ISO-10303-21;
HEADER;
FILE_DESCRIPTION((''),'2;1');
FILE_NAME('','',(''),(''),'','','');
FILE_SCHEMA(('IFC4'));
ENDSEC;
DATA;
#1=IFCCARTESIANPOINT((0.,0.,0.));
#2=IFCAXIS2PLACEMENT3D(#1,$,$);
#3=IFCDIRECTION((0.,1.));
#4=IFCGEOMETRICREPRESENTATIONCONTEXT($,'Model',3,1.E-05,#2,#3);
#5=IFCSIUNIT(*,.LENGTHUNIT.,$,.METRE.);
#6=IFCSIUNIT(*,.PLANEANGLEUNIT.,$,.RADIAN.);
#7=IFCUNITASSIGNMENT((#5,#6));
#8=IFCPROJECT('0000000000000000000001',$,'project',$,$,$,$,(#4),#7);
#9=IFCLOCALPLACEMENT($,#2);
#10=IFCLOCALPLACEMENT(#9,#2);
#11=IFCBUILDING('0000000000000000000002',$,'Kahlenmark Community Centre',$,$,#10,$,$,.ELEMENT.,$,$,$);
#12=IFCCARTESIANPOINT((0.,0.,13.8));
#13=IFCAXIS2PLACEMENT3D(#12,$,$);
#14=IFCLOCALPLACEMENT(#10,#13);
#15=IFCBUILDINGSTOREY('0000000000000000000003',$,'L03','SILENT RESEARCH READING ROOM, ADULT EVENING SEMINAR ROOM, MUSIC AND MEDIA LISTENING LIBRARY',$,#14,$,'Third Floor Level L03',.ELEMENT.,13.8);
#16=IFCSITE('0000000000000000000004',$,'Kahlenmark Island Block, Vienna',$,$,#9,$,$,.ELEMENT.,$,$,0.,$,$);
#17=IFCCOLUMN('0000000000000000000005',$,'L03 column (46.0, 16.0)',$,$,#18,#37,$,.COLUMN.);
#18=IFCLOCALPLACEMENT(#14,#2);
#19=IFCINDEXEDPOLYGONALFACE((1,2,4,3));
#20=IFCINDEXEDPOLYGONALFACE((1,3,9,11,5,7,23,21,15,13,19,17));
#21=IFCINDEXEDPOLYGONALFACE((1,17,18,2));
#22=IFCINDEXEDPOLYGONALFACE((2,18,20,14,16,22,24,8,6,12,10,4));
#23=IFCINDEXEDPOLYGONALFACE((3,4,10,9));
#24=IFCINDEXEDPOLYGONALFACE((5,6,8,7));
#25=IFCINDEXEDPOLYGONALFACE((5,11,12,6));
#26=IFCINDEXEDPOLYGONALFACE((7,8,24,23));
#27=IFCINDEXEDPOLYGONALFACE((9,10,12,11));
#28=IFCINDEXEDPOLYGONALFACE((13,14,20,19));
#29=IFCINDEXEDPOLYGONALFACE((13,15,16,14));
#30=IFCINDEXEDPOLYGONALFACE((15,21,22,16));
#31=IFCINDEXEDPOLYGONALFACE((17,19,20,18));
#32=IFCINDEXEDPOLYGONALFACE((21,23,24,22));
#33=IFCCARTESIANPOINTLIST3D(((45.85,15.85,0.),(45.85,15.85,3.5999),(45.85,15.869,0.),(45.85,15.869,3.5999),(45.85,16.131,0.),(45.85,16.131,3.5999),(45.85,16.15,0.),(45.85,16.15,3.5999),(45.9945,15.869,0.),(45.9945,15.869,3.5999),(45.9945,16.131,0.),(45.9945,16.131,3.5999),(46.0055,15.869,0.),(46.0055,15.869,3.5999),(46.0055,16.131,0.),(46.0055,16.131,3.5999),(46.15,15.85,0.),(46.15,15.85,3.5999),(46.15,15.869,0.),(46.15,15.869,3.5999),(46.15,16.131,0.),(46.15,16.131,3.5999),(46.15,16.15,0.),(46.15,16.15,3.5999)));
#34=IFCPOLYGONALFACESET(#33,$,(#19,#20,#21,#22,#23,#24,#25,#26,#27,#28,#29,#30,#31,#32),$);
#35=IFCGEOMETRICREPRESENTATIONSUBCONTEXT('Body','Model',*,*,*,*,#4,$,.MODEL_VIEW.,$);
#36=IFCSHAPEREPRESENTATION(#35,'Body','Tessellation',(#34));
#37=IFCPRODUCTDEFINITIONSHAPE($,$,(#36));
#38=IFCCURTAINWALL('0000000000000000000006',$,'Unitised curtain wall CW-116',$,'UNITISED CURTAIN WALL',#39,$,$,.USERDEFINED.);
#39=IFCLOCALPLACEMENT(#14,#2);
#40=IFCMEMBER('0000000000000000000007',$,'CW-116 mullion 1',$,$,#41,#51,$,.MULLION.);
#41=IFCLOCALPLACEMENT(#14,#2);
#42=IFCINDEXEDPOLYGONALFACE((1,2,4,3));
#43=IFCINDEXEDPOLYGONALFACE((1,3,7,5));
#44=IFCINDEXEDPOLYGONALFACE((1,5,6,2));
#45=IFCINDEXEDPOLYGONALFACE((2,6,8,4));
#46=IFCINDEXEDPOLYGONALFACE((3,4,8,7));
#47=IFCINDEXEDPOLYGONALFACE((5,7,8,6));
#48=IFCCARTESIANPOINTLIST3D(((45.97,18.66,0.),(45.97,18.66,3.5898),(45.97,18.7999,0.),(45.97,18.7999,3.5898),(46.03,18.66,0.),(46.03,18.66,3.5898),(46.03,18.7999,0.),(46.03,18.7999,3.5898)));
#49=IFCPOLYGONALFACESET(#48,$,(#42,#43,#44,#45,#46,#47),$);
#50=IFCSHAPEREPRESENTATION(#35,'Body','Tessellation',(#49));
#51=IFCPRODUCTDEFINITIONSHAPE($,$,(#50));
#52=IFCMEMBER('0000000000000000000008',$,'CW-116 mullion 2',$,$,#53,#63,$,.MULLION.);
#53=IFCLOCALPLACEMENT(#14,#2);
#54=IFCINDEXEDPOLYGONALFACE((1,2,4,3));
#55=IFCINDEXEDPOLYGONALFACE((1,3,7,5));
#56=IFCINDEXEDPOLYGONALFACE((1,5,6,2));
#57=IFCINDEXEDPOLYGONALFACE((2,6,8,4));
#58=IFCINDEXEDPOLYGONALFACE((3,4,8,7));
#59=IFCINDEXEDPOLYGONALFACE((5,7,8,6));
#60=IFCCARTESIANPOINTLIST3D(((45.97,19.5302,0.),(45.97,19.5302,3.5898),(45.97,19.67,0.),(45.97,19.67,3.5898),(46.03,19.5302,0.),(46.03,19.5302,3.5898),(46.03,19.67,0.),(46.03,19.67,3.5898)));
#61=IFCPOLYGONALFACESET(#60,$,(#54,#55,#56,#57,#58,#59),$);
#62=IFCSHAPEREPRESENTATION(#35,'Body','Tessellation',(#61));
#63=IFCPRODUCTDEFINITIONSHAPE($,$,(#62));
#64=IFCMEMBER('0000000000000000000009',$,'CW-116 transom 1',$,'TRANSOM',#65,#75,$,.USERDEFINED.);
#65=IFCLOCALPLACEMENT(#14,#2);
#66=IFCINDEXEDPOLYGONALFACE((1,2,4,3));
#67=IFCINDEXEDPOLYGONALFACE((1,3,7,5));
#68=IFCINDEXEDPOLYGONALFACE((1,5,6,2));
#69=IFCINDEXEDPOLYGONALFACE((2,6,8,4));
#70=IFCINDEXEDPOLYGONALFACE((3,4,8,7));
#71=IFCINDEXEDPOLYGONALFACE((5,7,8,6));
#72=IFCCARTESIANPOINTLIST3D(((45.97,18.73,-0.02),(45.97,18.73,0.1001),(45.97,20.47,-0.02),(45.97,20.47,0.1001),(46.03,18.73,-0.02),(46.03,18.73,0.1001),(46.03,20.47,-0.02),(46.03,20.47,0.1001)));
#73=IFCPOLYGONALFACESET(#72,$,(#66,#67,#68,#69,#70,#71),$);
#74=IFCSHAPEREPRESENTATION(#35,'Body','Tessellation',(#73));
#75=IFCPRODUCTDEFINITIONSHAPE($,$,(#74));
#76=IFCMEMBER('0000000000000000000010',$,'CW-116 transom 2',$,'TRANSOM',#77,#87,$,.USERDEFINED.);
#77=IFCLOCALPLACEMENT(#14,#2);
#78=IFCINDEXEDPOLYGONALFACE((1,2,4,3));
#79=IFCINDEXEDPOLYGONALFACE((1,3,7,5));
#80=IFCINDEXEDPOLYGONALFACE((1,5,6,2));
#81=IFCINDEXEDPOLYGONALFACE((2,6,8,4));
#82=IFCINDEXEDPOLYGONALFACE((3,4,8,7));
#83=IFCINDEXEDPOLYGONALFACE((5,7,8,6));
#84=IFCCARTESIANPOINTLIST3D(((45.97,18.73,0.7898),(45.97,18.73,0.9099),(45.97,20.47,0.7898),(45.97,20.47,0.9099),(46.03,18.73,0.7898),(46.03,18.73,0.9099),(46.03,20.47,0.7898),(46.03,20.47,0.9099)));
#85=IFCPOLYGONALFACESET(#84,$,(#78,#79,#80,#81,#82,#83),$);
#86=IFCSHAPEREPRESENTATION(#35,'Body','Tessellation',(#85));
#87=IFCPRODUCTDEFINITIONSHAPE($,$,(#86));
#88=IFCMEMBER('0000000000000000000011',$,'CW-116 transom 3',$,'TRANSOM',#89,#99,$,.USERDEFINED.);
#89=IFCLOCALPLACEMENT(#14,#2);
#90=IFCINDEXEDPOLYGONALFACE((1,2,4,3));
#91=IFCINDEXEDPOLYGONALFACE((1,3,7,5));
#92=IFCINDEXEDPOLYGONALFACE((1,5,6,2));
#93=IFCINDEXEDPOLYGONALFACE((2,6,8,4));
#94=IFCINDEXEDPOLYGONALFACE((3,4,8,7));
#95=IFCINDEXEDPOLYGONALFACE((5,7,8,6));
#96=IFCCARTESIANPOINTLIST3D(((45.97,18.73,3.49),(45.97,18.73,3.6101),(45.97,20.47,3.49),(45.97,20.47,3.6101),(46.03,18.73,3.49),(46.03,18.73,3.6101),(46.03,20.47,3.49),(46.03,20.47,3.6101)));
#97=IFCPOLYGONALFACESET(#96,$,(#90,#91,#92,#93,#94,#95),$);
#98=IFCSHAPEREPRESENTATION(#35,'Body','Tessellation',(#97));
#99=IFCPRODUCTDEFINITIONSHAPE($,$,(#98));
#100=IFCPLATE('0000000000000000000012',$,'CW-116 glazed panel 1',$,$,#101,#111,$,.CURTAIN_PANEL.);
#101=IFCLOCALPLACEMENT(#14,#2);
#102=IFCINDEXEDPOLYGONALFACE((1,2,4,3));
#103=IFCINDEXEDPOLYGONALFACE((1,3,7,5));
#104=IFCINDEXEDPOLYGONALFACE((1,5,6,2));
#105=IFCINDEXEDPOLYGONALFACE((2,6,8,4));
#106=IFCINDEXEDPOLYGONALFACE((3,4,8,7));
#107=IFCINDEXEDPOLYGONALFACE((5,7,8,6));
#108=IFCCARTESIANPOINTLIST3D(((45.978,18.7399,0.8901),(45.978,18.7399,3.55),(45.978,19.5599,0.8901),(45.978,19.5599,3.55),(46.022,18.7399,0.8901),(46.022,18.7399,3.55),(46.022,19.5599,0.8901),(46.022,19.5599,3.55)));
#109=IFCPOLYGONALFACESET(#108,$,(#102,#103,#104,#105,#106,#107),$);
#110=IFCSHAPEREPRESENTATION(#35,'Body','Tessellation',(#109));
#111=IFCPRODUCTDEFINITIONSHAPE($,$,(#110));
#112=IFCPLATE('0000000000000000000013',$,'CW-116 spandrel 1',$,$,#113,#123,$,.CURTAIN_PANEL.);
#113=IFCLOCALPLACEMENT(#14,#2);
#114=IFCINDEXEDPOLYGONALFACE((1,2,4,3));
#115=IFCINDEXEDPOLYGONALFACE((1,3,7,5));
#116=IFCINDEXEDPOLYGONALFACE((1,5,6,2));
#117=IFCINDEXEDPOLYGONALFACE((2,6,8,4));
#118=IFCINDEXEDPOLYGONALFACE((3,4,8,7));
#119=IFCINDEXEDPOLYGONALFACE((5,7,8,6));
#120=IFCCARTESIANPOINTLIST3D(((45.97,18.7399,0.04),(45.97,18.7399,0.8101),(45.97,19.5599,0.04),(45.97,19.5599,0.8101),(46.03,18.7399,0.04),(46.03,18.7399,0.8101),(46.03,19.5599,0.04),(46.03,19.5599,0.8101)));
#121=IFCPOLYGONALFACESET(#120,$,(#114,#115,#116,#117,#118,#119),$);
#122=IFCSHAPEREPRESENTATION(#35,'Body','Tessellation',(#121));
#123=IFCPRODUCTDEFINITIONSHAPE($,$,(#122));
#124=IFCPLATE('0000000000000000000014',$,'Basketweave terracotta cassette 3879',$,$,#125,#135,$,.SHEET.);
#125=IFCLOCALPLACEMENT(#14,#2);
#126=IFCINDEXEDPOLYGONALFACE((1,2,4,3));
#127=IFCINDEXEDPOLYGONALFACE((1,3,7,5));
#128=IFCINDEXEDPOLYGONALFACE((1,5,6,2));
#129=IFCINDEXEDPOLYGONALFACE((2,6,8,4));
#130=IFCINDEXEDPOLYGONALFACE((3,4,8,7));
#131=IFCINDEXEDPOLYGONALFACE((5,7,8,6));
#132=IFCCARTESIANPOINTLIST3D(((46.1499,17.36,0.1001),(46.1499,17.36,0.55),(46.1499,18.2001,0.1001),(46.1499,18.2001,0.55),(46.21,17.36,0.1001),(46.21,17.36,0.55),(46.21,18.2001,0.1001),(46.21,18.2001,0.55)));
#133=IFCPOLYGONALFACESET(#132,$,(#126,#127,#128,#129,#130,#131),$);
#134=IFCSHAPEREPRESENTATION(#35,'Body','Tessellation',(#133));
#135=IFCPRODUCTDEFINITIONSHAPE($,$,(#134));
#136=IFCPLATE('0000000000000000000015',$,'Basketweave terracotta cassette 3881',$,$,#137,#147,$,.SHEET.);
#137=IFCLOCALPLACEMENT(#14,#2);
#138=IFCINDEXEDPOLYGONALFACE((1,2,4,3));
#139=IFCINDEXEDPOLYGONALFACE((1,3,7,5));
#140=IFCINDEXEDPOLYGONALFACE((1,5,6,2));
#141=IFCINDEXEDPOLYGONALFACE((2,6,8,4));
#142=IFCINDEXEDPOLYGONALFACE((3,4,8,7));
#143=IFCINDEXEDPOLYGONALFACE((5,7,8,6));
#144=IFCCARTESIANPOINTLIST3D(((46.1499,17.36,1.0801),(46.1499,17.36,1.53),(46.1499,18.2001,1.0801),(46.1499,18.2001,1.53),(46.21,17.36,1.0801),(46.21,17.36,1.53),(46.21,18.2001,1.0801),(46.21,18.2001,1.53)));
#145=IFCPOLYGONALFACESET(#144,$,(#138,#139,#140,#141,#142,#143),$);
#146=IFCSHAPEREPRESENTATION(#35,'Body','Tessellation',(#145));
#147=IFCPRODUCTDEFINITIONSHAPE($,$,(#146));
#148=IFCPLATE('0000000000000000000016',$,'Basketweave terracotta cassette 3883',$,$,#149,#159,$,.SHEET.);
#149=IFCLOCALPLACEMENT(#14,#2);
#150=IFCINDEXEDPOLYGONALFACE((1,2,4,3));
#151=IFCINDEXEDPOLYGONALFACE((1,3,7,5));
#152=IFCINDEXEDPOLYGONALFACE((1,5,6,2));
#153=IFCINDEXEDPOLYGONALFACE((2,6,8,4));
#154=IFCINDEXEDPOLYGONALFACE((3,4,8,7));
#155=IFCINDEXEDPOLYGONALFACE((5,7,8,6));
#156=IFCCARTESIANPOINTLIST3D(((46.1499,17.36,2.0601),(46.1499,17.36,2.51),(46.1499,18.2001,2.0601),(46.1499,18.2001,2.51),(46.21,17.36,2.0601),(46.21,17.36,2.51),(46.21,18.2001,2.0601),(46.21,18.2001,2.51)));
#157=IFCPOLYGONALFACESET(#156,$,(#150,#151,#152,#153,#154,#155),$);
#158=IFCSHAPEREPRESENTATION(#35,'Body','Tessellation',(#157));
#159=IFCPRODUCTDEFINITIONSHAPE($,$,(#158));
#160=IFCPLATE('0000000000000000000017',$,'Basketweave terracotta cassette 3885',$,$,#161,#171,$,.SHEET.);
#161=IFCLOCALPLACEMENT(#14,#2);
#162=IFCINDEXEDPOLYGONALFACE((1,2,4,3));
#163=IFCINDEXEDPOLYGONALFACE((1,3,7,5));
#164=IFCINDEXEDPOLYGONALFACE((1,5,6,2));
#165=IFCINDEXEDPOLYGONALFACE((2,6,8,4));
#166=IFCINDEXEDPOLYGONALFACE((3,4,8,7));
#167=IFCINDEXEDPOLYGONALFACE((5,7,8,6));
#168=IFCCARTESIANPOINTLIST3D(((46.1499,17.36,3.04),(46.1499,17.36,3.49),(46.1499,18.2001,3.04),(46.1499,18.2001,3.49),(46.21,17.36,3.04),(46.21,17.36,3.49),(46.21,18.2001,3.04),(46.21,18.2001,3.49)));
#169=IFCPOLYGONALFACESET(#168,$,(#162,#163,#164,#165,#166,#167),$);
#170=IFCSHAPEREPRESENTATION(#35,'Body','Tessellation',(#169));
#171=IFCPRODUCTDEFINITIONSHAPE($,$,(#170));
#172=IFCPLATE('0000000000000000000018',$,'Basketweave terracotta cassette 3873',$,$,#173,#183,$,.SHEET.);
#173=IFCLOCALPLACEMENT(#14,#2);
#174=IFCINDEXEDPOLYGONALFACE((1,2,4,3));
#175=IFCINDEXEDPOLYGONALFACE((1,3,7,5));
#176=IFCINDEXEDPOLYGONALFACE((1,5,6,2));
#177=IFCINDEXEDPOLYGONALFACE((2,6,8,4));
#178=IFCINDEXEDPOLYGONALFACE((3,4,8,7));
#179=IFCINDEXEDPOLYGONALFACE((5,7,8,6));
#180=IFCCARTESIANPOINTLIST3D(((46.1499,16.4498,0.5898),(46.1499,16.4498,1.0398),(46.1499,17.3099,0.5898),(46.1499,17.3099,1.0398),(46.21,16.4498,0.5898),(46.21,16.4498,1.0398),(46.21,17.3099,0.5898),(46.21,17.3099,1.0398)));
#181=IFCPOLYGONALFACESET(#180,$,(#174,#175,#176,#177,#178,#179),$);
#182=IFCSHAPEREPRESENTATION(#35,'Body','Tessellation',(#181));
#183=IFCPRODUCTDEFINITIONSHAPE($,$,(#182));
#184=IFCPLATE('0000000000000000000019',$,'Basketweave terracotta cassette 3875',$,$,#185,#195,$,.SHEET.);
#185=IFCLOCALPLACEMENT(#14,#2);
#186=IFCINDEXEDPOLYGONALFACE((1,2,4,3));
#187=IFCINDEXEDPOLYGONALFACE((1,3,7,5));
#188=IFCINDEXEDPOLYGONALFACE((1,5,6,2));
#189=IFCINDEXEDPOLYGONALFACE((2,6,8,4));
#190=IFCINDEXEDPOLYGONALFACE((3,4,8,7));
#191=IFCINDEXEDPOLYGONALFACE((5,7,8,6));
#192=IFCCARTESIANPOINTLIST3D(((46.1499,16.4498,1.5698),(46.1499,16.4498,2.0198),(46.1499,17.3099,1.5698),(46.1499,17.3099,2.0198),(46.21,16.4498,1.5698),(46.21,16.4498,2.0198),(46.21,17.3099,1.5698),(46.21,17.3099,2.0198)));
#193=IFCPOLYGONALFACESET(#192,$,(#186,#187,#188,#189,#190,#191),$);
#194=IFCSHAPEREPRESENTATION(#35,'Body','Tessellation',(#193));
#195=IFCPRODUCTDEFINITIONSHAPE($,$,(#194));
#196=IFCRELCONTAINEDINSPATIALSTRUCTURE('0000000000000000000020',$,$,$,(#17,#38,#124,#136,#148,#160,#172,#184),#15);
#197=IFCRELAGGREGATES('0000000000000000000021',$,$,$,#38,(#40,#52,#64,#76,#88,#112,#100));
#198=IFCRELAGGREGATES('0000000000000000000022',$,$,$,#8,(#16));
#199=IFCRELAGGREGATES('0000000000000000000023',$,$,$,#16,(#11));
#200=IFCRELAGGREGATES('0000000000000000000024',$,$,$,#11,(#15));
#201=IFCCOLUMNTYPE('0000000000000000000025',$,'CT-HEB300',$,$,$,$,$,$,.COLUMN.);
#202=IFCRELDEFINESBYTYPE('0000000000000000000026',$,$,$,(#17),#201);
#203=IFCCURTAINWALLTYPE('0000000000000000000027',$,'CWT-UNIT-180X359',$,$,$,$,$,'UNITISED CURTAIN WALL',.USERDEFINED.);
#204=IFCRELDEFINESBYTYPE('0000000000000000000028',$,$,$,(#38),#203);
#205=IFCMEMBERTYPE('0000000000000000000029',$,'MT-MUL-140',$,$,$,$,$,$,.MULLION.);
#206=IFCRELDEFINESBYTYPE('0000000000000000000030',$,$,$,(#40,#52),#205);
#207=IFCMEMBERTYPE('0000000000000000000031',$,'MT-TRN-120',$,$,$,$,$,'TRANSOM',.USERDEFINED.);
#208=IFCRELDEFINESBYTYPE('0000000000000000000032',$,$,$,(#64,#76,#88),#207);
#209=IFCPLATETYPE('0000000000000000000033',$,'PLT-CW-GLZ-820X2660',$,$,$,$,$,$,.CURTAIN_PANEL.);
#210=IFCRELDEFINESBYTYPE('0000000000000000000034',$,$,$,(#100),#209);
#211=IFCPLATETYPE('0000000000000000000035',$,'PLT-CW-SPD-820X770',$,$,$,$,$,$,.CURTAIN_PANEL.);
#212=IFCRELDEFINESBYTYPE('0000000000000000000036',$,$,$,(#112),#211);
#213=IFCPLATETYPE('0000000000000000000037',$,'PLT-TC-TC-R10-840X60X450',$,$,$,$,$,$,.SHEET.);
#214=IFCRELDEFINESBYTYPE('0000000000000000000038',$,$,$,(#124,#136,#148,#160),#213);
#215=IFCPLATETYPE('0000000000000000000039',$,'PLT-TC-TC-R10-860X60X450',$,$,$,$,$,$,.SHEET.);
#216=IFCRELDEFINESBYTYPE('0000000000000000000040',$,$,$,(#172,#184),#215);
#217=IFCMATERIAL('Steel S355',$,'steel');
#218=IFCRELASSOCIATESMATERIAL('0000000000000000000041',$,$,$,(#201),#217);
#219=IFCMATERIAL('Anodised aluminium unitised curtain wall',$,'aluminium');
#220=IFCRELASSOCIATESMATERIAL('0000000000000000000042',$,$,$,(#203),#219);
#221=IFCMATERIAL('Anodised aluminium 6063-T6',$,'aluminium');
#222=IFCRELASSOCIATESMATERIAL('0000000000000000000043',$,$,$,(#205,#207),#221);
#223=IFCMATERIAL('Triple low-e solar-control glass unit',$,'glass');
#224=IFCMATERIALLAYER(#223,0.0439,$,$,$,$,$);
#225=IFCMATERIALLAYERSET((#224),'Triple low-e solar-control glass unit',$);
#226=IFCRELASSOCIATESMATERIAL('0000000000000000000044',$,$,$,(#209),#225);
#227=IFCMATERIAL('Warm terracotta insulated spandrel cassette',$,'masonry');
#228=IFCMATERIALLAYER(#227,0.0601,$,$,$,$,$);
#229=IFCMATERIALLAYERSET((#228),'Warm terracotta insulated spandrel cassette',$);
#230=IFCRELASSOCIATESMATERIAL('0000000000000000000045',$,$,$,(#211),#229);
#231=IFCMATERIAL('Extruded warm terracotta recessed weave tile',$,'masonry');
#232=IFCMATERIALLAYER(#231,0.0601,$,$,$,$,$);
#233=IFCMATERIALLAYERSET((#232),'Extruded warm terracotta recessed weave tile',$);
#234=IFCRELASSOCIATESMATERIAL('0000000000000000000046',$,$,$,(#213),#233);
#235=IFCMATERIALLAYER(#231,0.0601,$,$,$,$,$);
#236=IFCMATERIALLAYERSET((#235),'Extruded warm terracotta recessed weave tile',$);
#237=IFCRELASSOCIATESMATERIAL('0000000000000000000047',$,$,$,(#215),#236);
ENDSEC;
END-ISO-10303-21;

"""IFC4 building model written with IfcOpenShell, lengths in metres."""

from ifc_helpers import new_model, si_unit, direction, frame, origin, origin_2d, place, context, subcontext, project, spatial, rectangle, i_section, extrude, material, layer, layer_set, material_profile, profile_set, type_object, element, aggregate, save


model = new_model("IFC4")

# Units and contexts
model_context = context("Model", 3, precision=1e-05, world=origin(), true_north=direction((0.0, 1.0)))
body_context = subcontext(model_context, "Body", "Model", "MODEL_VIEW")
ifc_project = project(units=[si_unit("LENGTHUNIT", "METRE"), si_unit("PLANEANGLEUNIT", "RADIAN")], contexts=[model_context])

# Site, building, storey
site_placement = place(None, origin())
site = spatial("IfcSite", under=ifc_project, at=site_placement, Name="Kahlenmark Island Block, Vienna", CompositionType="ELEMENT", RefElevation=0.0)
building_placement = place(site_placement, origin())
building = spatial("IfcBuilding", under=site, at=building_placement, Name="Kahlenmark Community Centre", CompositionType="ELEMENT")
storey_placement = place(building_placement, frame((0.0, 0.0, 13.8)))
storey = spatial("IfcBuildingStorey", under=building, at=storey_placement, Name="L03", Description="SILENT RESEARCH READING ROOM, ADULT EVENING SEMINAR ROOM, MUSIC AND MEDIA LISTENING LIBRARY", LongName="Third Floor Level L03", CompositionType="ELEMENT", Elevation=13.8)

# Column
ifc_material_1 = material(Name="Steel S355", Category="steel")
ifc_material_profile_1 = material_profile(ifc_material_1, i_section(OverallWidth=0.3, OverallDepth=0.3, WebThickness=0.011, FlangeThickness=0.019, at=origin_2d()), Name="HEB 300")
ifc_profile_set_1 = profile_set([ifc_material_profile_1], Name="Steel S355")
column_type = type_object("IfcColumnType", Name="CT-HEB300", PredefinedType="COLUMN", material=ifc_profile_set_1)
column_placement = place(storey_placement, frame((46.0, 16.0, 0.0), z_axis=(0.0, 0.0, 1.0), x_axis=(1.0, 0.0, 0.0)))
element("IfcColumn", 1, at=column_placement, inside=storey, type_object=column_type, Name="L03 column (46.0, 16.0)", PredefinedType="COLUMN", context=body_context, shape_type="SweptSolid", body=[
    extrude(i_section(OverallWidth=0.3, OverallDepth=0.3, WebThickness=0.011, FlangeThickness=0.019, at=origin_2d()), origin(), (0.0, 0.0, 1.0), 3.5999),
])

# Curtain wall, members, plates
ifc_material_2 = material(Name="Anodised aluminium unitised curtain wall", Category="aluminium")
curtain_wall_type = type_object("IfcCurtainWallType", Name="CWT-UNIT-180X359", ElementType="UNITISED CURTAIN WALL", PredefinedType="USERDEFINED", material=ifc_material_2)
curtain_wall_placement = place(storey_placement, origin())
curtain_wall = element("IfcCurtainWall", 2, at=curtain_wall_placement, inside=storey, type_object=curtain_wall_type, Name="Unitised curtain wall CW-116", ObjectType="UNITISED CURTAIN WALL", PredefinedType="USERDEFINED")
ifc_material_3 = material(Name="Anodised aluminium 6063-T6", Category="aluminium")
ifc_material_profile_2 = material_profile(ifc_material_3, rectangle(XDim=0.0601, YDim=0.1399, at=origin_2d()), Name="ALU MULLION 60x140")
ifc_profile_set_2 = profile_set([ifc_material_profile_2], Name="Anodised aluminium 6063-T6")
member_type_1 = type_object("IfcMemberType", Name="MT-MUL-140", PredefinedType="MULLION", material=ifc_profile_set_2)
member_1_placement = place(storey_placement, frame((46.0, 18.73, 0.0), z_axis=(0.0, 0.0, 1.0), x_axis=(-1.0, 0.0, 0.0)))
member_1 = element("IfcMember", 3, at=member_1_placement, type_object=member_type_1, Name="CW-116 mullion 1", PredefinedType="MULLION", context=body_context, shape_type="SweptSolid", body=[
    extrude(rectangle(XDim=0.0601, YDim=0.1399, at=origin_2d()), origin(), (0.0, 0.0, 1.0), 3.5898),
])
member_2_placement = place(storey_placement, frame((46.0, 19.6001, 0.0), z_axis=(0.0, 0.0, 1.0), x_axis=(-1.0, 0.0, 0.0)))
member_2 = element("IfcMember", 4, at=member_2_placement, type_object=member_type_1, Name="CW-116 mullion 2", PredefinedType="MULLION", context=body_context, shape_type="SweptSolid", body=[
    extrude(rectangle(XDim=0.0601, YDim=0.1399, at=origin_2d()), origin(), (0.0, 0.0, 1.0), 3.5898),
])
ifc_material_profile_3 = material_profile(ifc_material_3, rectangle(XDim=0.0601, YDim=0.1201, at=origin_2d()), Name="ALU TRANSOM 60x120")
ifc_profile_set_3 = profile_set([ifc_material_profile_3], Name="Anodised aluminium 6063-T6")
member_type_2 = type_object("IfcMemberType", Name="MT-TRN-120", ElementType="TRANSOM", PredefinedType="USERDEFINED", material=ifc_profile_set_3)
member_3_placement = place(storey_placement, frame((46.0, 18.73, 0.04), z_axis=(0.0, 1.0, 0.0), x_axis=(-1.0, 0.0, 0.0)))
member_3 = element("IfcMember", 5, at=member_3_placement, type_object=member_type_2, Name="CW-116 transom 1", ObjectType="TRANSOM", PredefinedType="USERDEFINED", context=body_context, shape_type="SweptSolid", body=[
    extrude(rectangle(XDim=0.0601, YDim=0.1201, at=origin_2d()), origin(), (0.0, 0.0, 1.0), 1.74),
])
member_4_placement = place(storey_placement, frame((46.0, 18.73, 0.8499), z_axis=(0.0, 1.0, 0.0), x_axis=(-1.0, 0.0, 0.0)))
member_4 = element("IfcMember", 6, at=member_4_placement, type_object=member_type_2, Name="CW-116 transom 2", ObjectType="TRANSOM", PredefinedType="USERDEFINED", context=body_context, shape_type="SweptSolid", body=[
    extrude(rectangle(XDim=0.0601, YDim=0.1201, at=origin_2d()), origin(), (0.0, 0.0, 1.0), 1.74),
])
member_5_placement = place(storey_placement, frame((46.0, 18.73, 3.55), z_axis=(0.0, 1.0, 0.0), x_axis=(-1.0, 0.0, 0.0)))
member_5 = element("IfcMember", 7, at=member_5_placement, type_object=member_type_2, Name="CW-116 transom 3", ObjectType="TRANSOM", PredefinedType="USERDEFINED", context=body_context, shape_type="SweptSolid", body=[
    extrude(rectangle(XDim=0.0601, YDim=0.1201, at=origin_2d()), origin(), (0.0, 0.0, 1.0), 1.74),
])
ifc_material_4 = material(Name="Triple low-e solar-control glass unit", Category="glass")
ifc_layer_1 = layer(ifc_material_4, 0.0439)
ifc_layer_set_1 = layer_set([ifc_layer_1], Name="Triple low-e solar-control glass unit")
plate_type_1 = type_object("IfcPlateType", Name="PLT-CW-GLZ-820X2660", PredefinedType="CURTAIN_PANEL", material=ifc_layer_set_1)
plate_1_placement = place(storey_placement, frame((46.0, 19.1499, 0.8901), z_axis=(0.0, 0.0, 1.0), x_axis=(0.0, 1.0, 0.0)))
plate_1 = element("IfcPlate", 8, at=plate_1_placement, type_object=plate_type_1, Name="CW-116 glazed panel 1", PredefinedType="CURTAIN_PANEL", context=body_context, shape_type="SweptSolid", body=[
    extrude(rectangle(XDim=0.8201, YDim=0.0439, at=origin_2d()), origin(), (0.0, 0.0, 1.0), 2.6599),
])
ifc_material_5 = material(Name="Warm terracotta insulated spandrel cassette", Category="masonry")
ifc_layer_2 = layer(ifc_material_5, 0.0601)
ifc_layer_set_2 = layer_set([ifc_layer_2], Name="Warm terracotta insulated spandrel cassette")
plate_type_2 = type_object("IfcPlateType", Name="PLT-CW-SPD-820X770", PredefinedType="CURTAIN_PANEL", material=ifc_layer_set_2)
plate_2_placement = place(storey_placement, frame((46.0, 19.1499, 0.04), z_axis=(0.0, 0.0, 1.0), x_axis=(0.0, 1.0, 0.0)))
plate_2 = element("IfcPlate", 9, at=plate_2_placement, type_object=plate_type_2, Name="CW-116 spandrel 1", PredefinedType="CURTAIN_PANEL", context=body_context, shape_type="SweptSolid", body=[
    extrude(rectangle(XDim=0.8201, YDim=0.0601, at=origin_2d()), origin(), (0.0, 0.0, 1.0), 0.77),
])
aggregate(curtain_wall, [member_1, member_2, member_3, member_4, member_5, plate_2, plate_1])

# Plates
ifc_material_6 = material(Name="Extruded warm terracotta recessed weave tile", Category="masonry")
ifc_layer_3 = layer(ifc_material_6, 0.0601)
ifc_layer_set_3 = layer_set([ifc_layer_3], Name="Extruded warm terracotta recessed weave tile")
plate_type_3 = type_object("IfcPlateType", Name="PLT-TC-TC-R10-840X60X450", PredefinedType="SHEET", material=ifc_layer_set_3)
for number, where, z_axis, x_axis, name in (
    (10, (46.1799, 17.78, 0.1001), (0.0, 0.0, 1.0), (0.0, 1.0, 0.0), "Basketweave terracotta cassette 3879"),
    (11, (46.1799, 17.78, 1.0801), (0.0, 0.0, 1.0), (0.0, 1.0, 0.0), "Basketweave terracotta cassette 3881"),
    (12, (46.1799, 17.78, 2.0601), (0.0, 0.0, 1.0), (0.0, 1.0, 0.0), "Basketweave terracotta cassette 3883"),
    (13, (46.1799, 17.78, 3.04), (0.0, 0.0, 1.0), (0.0, 1.0, 0.0), "Basketweave terracotta cassette 3885"),
):
    element("IfcPlate", number, at=place(storey_placement, frame(where, z_axis=z_axis, x_axis=x_axis)), inside=storey, type_object=plate_type_3, Name=name, PredefinedType="SHEET", context=body_context, shape_type="SweptSolid", body=[
        extrude(rectangle(XDim=0.8401, YDim=0.0601, at=origin_2d()), origin(), (0.0, 0.0, 1.0), 0.45),
    ])
ifc_layer_4 = layer(ifc_material_6, 0.0601)
ifc_layer_set_4 = layer_set([ifc_layer_4], Name="Extruded warm terracotta recessed weave tile")
plate_type_4 = type_object("IfcPlateType", Name="PLT-TC-TC-R10-860X60X450", PredefinedType="SHEET", material=ifc_layer_set_4)
for number, where, z_axis, x_axis, name in (
    (14, (46.1799, 16.8799, 0.5898), (0.0, 0.0, 1.0), (0.0, 1.0, 0.0), "Basketweave terracotta cassette 3873"),
    (15, (46.1799, 16.8799, 1.5698), (0.0, 0.0, 1.0), (0.0, 1.0, 0.0), "Basketweave terracotta cassette 3875"),
):
    element("IfcPlate", number, at=place(storey_placement, frame(where, z_axis=z_axis, x_axis=x_axis)), inside=storey, type_object=plate_type_4, Name=name, PredefinedType="SHEET", context=body_context, shape_type="SweptSolid", body=[
        extrude(rectangle(XDim=0.8601, YDim=0.0601, at=origin_2d()), origin(), (0.0, 0.0, 1.0), 0.45),
    ])

save(model, "model.ifc")
